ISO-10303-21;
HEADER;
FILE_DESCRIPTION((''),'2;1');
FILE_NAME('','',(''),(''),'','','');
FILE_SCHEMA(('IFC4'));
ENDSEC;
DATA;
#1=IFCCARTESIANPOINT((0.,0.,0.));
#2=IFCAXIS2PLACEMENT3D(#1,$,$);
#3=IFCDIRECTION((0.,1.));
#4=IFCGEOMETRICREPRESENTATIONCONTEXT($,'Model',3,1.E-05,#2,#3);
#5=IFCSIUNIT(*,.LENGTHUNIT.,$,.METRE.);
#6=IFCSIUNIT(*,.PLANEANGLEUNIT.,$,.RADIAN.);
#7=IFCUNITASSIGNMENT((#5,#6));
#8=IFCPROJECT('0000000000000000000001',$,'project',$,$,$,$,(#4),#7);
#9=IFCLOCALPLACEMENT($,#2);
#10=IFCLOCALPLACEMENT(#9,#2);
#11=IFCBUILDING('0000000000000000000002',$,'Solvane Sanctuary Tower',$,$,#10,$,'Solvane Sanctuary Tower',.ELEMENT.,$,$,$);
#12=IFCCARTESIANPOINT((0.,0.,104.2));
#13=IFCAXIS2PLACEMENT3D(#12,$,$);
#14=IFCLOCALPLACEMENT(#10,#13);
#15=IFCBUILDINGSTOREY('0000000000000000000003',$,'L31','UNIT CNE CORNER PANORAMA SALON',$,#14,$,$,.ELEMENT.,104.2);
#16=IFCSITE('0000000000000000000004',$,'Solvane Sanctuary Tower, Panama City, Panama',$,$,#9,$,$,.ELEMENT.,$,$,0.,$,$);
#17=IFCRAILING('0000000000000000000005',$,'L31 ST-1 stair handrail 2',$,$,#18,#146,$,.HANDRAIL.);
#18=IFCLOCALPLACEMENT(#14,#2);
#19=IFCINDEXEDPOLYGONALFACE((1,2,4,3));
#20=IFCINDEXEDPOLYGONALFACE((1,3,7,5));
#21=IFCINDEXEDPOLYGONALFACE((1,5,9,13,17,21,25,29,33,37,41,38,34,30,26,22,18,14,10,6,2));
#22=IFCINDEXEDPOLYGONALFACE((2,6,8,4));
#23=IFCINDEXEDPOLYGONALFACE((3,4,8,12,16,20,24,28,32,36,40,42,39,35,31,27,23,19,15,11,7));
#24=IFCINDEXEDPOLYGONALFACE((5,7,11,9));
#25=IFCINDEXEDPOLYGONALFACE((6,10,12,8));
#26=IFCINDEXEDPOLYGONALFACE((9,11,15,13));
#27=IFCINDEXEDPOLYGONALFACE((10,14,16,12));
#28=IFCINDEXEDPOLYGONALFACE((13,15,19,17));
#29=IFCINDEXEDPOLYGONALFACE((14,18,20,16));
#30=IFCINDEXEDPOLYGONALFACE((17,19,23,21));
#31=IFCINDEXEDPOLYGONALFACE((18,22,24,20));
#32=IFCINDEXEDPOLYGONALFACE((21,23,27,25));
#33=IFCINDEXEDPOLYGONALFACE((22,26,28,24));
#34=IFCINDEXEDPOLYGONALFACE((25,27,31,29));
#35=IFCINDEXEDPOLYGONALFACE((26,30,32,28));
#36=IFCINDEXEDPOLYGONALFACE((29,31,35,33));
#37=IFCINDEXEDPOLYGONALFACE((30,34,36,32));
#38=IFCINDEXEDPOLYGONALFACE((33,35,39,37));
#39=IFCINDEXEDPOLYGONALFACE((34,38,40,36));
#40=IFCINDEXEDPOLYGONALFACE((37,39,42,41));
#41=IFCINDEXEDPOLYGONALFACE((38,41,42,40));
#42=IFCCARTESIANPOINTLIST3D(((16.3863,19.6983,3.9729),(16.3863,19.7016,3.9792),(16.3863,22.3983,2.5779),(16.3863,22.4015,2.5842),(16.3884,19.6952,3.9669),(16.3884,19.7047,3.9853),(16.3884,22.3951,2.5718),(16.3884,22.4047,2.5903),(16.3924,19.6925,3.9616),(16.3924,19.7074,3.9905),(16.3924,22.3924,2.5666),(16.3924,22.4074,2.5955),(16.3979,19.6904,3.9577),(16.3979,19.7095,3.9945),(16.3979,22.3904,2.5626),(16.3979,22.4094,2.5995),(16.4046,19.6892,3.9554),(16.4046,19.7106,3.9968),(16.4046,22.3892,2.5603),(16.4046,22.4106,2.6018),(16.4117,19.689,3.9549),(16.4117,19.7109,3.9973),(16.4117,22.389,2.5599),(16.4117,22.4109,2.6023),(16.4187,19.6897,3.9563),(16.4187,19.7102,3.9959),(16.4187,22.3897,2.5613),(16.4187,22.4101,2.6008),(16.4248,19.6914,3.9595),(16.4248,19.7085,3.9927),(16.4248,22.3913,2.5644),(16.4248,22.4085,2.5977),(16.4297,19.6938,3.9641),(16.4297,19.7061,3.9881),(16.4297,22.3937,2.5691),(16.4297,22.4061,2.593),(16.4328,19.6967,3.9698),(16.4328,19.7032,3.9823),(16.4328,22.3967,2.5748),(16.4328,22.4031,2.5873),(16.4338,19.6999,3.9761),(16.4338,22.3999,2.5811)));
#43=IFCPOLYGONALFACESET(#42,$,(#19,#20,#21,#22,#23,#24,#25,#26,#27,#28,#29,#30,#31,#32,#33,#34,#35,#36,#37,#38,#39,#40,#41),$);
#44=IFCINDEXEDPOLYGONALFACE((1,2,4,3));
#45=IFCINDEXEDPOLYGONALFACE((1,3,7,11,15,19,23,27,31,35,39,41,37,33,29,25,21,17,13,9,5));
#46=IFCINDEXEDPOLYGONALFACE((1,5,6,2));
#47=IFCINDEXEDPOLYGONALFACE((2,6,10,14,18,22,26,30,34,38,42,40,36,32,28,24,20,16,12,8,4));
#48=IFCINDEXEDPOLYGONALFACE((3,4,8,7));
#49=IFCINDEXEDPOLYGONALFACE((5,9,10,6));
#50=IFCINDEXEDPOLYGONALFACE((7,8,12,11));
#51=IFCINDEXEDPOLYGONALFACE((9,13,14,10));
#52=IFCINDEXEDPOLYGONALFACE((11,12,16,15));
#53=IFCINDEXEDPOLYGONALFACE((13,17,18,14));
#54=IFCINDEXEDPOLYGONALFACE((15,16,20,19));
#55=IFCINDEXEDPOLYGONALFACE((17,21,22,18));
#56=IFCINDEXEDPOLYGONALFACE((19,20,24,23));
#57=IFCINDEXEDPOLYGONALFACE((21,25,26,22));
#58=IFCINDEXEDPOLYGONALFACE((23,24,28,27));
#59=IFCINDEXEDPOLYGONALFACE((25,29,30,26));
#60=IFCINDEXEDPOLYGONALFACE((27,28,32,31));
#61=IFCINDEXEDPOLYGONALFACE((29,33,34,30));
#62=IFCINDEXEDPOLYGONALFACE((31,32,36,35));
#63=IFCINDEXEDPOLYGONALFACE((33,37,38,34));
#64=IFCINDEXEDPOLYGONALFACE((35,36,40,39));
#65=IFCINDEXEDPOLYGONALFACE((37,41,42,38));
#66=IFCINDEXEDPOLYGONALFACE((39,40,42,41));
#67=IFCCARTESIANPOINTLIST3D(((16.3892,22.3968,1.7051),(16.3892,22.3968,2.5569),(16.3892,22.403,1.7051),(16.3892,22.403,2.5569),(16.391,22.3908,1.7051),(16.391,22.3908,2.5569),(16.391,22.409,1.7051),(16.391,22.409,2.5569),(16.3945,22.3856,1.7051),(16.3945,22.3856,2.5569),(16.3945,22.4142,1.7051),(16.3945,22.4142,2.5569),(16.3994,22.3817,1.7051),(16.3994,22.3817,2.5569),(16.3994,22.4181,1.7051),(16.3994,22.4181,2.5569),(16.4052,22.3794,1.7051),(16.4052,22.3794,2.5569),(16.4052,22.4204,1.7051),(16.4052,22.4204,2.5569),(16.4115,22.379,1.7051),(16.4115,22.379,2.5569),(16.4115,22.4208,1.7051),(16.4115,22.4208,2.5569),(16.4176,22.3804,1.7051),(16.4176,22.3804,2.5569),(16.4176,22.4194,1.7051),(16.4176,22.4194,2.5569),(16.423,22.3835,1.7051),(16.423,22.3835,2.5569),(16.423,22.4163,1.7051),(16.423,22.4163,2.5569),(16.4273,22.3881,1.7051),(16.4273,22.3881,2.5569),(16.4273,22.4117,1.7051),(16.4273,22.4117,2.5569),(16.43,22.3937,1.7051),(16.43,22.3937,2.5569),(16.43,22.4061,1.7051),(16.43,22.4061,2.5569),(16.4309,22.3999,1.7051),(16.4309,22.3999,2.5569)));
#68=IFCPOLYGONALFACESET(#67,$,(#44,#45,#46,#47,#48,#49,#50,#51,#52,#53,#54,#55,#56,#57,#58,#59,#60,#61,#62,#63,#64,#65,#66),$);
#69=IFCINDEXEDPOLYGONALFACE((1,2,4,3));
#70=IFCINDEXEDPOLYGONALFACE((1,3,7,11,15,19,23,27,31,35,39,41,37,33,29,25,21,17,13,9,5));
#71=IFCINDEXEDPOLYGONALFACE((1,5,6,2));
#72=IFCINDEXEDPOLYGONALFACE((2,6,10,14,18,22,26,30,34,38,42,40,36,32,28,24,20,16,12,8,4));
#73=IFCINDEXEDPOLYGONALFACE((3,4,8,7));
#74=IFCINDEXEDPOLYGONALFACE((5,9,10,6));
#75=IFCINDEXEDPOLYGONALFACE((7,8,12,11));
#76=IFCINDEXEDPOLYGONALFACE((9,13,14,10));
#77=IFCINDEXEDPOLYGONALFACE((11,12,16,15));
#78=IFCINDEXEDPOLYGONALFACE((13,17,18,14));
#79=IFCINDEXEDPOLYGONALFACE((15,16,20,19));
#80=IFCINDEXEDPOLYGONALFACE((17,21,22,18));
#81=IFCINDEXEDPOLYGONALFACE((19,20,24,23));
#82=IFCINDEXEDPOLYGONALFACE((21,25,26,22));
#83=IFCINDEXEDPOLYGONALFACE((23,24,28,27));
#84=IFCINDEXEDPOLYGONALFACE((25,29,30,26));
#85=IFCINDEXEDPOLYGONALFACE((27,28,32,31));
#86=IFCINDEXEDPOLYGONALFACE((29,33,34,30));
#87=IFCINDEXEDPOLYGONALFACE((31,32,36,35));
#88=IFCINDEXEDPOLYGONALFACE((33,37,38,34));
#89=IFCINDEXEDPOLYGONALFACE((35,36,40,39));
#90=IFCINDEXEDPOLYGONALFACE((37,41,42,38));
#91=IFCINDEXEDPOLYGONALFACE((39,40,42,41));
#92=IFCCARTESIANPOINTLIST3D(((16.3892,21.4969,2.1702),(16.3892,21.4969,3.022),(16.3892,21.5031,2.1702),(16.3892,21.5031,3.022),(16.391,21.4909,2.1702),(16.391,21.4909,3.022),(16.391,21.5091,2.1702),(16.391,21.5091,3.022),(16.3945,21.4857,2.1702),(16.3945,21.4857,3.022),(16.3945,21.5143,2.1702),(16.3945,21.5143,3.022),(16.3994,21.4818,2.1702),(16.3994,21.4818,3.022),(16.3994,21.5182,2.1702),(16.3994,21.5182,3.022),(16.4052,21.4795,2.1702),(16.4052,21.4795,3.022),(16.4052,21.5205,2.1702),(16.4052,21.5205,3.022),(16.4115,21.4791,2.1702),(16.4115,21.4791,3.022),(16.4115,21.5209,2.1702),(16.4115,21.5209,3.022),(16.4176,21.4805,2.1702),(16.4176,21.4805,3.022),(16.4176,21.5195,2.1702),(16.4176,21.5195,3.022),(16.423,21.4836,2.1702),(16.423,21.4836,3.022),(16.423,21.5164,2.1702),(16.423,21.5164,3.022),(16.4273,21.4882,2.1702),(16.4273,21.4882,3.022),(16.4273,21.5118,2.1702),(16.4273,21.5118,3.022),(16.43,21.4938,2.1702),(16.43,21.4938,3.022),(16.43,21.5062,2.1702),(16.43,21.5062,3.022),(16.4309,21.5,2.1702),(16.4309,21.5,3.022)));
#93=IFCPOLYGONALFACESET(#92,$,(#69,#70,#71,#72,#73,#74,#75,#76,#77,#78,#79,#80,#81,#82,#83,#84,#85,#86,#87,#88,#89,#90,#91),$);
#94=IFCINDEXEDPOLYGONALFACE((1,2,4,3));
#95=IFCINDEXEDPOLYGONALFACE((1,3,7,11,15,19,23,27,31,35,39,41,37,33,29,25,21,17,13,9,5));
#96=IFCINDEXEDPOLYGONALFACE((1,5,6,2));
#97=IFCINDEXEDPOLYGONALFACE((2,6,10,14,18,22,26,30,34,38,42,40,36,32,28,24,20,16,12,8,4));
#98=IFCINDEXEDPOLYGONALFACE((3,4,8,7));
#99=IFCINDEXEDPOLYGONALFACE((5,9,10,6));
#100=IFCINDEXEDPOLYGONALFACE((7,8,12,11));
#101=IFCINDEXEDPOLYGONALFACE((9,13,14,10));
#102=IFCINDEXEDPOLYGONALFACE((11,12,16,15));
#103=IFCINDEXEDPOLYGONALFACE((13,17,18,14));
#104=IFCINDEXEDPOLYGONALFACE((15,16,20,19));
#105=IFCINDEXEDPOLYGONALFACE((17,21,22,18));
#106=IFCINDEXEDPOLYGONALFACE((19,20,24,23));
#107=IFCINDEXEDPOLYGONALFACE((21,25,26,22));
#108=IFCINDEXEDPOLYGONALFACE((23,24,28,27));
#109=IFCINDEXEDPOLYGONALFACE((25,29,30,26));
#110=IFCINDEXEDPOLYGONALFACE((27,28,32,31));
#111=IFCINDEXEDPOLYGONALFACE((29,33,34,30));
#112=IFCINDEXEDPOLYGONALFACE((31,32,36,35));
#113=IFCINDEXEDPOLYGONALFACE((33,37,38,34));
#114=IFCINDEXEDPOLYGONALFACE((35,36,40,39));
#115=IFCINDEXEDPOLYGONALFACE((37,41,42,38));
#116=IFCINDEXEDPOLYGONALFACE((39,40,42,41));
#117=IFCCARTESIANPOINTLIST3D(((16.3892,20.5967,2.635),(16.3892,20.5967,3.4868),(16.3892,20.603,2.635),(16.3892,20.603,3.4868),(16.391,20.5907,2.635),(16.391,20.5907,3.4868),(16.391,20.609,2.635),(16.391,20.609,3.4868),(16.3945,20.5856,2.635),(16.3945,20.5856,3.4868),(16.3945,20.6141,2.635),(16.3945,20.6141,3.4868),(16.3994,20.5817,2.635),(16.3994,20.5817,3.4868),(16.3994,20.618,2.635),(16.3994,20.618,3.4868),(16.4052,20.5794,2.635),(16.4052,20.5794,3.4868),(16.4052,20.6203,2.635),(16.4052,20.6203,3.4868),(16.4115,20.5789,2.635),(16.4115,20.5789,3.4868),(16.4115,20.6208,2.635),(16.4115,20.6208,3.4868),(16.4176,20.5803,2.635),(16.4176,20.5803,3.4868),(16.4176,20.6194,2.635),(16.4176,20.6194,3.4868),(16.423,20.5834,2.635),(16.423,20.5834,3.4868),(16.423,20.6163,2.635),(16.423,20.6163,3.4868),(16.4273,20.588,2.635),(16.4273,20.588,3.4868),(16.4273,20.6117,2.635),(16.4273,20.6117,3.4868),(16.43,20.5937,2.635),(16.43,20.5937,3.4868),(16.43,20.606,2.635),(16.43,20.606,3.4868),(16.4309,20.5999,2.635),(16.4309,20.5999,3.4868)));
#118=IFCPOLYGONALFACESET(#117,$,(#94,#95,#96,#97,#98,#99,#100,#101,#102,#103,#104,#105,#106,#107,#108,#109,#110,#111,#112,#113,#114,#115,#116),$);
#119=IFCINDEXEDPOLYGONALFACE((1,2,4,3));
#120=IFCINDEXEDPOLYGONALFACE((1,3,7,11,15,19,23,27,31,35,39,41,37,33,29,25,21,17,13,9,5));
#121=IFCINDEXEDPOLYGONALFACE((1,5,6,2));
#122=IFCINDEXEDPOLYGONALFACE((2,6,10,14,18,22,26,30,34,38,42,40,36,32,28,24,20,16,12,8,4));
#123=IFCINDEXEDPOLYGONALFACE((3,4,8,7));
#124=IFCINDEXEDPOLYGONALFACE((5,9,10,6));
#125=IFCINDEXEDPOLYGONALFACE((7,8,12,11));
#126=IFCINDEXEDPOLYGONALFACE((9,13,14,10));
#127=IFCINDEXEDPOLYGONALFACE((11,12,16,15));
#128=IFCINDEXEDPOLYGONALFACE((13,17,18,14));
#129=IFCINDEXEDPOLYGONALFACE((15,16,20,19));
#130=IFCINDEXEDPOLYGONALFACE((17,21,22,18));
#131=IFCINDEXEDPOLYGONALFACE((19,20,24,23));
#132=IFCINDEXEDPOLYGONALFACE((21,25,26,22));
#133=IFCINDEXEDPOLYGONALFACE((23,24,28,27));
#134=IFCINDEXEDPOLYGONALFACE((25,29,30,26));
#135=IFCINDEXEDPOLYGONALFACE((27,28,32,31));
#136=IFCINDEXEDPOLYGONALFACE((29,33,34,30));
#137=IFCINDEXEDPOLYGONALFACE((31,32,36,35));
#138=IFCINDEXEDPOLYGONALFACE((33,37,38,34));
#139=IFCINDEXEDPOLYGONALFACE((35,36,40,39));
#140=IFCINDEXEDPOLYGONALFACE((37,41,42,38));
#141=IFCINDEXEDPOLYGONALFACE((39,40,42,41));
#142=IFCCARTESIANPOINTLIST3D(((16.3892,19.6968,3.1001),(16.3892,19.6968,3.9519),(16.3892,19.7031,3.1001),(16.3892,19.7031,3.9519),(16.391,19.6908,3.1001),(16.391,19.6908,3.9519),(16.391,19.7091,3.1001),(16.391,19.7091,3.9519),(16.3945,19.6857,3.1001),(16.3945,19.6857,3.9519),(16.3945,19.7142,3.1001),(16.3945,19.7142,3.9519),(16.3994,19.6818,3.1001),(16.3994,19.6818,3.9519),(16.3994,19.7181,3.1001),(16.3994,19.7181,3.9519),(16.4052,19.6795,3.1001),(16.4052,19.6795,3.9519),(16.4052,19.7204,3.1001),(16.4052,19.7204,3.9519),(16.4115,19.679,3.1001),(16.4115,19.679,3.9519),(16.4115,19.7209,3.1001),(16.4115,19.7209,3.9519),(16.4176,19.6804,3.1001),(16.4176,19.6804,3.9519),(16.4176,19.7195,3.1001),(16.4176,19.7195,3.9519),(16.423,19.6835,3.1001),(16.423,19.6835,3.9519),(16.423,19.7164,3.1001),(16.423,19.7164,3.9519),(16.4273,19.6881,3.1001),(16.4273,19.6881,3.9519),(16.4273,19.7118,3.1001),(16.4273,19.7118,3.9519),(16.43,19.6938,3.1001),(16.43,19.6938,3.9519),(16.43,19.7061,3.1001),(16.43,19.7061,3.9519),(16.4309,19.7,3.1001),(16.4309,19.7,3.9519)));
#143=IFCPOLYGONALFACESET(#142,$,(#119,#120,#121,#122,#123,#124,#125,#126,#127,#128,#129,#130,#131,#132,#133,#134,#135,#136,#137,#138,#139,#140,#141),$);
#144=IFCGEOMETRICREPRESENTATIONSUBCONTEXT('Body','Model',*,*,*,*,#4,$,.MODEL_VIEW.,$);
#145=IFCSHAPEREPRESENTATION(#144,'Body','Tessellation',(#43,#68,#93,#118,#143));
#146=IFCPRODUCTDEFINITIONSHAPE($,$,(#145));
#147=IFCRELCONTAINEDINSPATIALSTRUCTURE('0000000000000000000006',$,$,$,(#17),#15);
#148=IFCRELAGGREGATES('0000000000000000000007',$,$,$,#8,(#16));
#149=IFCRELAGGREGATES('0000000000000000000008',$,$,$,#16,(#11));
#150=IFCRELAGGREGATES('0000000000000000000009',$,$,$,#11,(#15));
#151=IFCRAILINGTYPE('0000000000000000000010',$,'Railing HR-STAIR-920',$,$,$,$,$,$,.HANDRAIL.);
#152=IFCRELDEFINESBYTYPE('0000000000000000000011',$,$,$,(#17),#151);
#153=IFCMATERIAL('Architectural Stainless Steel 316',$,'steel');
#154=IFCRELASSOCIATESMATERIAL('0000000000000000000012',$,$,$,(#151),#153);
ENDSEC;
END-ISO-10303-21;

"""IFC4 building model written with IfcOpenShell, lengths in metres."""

from ifc_helpers import new_model, si_unit, direction, frame, origin, origin_2d, place, context, subcontext, project, spatial, circle, extrude, material, type_object, element, save


model = new_model("IFC4")

# Units and contexts
model_context = context("Model", 3, precision=1e-05, world=origin(), true_north=direction((0.0, 1.0)))
body_context = subcontext(model_context, "Body", "Model", "MODEL_VIEW")
ifc_project = project(units=[si_unit("LENGTHUNIT", "METRE"), si_unit("PLANEANGLEUNIT", "RADIAN")], contexts=[model_context])

# Site, building, storey
site_placement = place(None, origin())
site = spatial("IfcSite", under=ifc_project, at=site_placement, Name="Solvane Sanctuary Tower, Panama City, Panama", CompositionType="ELEMENT", RefElevation=0.0)
building_placement = place(site_placement, origin())
building = spatial("IfcBuilding", under=site, at=building_placement, Name="Solvane Sanctuary Tower", LongName="Solvane Sanctuary Tower", CompositionType="ELEMENT")
storey_placement = place(building_placement, frame((0.0, 0.0, 104.2)))
storey = spatial("IfcBuildingStorey", under=building, at=storey_placement, Name="L31", Description="UNIT CNE CORNER PANORAMA SALON", CompositionType="ELEMENT", Elevation=104.2)

# Railing
ifc_material_1 = material(Name="Architectural Stainless Steel 316", Category="steel")
railing_type_1 = type_object("IfcRailingType", Name="Railing HR-STAIR-920", PredefinedType="HANDRAIL", material=ifc_material_1)
railing_1_placement = place(storey_placement, frame((16.4099, 22.3999, 1.7051)))
element("IfcRailing", 1, at=railing_1_placement, inside=storey, type_object=railing_type_1, Name="L31 ST-1 stair handrail 2", PredefinedType="HANDRAIL", context=body_context, shape_type="SweptSolid", body=[
    extrude(circle(Radius=0.0239, at=origin_2d()), frame((0.0, 0.0, 0.876), z_axis=(0.0, -0.88842, 0.459032), x_axis=(1.0, 0.0, 0.0)), (0.0, 0.0, 1.0), 3.0391),
    extrude(circle(Radius=0.021, at=origin_2d()), origin(), (0.0, 0.0, 1.0), 0.8518),
    extrude(circle(Radius=0.021, at=origin_2d()), frame((0.0, -0.8999, 0.4651)), (0.0, 0.0, 1.0), 0.8518),
    extrude(circle(Radius=0.021, at=origin_2d()), frame((0.0, -1.8, 0.9299)), (0.0, 0.0, 1.0), 0.8518),
    extrude(circle(Radius=0.021, at=origin_2d()), frame((0.0, -2.7, 1.395)), (0.0, 0.0, 1.0), 0.8518),
])

save(model, "model.ifc")
